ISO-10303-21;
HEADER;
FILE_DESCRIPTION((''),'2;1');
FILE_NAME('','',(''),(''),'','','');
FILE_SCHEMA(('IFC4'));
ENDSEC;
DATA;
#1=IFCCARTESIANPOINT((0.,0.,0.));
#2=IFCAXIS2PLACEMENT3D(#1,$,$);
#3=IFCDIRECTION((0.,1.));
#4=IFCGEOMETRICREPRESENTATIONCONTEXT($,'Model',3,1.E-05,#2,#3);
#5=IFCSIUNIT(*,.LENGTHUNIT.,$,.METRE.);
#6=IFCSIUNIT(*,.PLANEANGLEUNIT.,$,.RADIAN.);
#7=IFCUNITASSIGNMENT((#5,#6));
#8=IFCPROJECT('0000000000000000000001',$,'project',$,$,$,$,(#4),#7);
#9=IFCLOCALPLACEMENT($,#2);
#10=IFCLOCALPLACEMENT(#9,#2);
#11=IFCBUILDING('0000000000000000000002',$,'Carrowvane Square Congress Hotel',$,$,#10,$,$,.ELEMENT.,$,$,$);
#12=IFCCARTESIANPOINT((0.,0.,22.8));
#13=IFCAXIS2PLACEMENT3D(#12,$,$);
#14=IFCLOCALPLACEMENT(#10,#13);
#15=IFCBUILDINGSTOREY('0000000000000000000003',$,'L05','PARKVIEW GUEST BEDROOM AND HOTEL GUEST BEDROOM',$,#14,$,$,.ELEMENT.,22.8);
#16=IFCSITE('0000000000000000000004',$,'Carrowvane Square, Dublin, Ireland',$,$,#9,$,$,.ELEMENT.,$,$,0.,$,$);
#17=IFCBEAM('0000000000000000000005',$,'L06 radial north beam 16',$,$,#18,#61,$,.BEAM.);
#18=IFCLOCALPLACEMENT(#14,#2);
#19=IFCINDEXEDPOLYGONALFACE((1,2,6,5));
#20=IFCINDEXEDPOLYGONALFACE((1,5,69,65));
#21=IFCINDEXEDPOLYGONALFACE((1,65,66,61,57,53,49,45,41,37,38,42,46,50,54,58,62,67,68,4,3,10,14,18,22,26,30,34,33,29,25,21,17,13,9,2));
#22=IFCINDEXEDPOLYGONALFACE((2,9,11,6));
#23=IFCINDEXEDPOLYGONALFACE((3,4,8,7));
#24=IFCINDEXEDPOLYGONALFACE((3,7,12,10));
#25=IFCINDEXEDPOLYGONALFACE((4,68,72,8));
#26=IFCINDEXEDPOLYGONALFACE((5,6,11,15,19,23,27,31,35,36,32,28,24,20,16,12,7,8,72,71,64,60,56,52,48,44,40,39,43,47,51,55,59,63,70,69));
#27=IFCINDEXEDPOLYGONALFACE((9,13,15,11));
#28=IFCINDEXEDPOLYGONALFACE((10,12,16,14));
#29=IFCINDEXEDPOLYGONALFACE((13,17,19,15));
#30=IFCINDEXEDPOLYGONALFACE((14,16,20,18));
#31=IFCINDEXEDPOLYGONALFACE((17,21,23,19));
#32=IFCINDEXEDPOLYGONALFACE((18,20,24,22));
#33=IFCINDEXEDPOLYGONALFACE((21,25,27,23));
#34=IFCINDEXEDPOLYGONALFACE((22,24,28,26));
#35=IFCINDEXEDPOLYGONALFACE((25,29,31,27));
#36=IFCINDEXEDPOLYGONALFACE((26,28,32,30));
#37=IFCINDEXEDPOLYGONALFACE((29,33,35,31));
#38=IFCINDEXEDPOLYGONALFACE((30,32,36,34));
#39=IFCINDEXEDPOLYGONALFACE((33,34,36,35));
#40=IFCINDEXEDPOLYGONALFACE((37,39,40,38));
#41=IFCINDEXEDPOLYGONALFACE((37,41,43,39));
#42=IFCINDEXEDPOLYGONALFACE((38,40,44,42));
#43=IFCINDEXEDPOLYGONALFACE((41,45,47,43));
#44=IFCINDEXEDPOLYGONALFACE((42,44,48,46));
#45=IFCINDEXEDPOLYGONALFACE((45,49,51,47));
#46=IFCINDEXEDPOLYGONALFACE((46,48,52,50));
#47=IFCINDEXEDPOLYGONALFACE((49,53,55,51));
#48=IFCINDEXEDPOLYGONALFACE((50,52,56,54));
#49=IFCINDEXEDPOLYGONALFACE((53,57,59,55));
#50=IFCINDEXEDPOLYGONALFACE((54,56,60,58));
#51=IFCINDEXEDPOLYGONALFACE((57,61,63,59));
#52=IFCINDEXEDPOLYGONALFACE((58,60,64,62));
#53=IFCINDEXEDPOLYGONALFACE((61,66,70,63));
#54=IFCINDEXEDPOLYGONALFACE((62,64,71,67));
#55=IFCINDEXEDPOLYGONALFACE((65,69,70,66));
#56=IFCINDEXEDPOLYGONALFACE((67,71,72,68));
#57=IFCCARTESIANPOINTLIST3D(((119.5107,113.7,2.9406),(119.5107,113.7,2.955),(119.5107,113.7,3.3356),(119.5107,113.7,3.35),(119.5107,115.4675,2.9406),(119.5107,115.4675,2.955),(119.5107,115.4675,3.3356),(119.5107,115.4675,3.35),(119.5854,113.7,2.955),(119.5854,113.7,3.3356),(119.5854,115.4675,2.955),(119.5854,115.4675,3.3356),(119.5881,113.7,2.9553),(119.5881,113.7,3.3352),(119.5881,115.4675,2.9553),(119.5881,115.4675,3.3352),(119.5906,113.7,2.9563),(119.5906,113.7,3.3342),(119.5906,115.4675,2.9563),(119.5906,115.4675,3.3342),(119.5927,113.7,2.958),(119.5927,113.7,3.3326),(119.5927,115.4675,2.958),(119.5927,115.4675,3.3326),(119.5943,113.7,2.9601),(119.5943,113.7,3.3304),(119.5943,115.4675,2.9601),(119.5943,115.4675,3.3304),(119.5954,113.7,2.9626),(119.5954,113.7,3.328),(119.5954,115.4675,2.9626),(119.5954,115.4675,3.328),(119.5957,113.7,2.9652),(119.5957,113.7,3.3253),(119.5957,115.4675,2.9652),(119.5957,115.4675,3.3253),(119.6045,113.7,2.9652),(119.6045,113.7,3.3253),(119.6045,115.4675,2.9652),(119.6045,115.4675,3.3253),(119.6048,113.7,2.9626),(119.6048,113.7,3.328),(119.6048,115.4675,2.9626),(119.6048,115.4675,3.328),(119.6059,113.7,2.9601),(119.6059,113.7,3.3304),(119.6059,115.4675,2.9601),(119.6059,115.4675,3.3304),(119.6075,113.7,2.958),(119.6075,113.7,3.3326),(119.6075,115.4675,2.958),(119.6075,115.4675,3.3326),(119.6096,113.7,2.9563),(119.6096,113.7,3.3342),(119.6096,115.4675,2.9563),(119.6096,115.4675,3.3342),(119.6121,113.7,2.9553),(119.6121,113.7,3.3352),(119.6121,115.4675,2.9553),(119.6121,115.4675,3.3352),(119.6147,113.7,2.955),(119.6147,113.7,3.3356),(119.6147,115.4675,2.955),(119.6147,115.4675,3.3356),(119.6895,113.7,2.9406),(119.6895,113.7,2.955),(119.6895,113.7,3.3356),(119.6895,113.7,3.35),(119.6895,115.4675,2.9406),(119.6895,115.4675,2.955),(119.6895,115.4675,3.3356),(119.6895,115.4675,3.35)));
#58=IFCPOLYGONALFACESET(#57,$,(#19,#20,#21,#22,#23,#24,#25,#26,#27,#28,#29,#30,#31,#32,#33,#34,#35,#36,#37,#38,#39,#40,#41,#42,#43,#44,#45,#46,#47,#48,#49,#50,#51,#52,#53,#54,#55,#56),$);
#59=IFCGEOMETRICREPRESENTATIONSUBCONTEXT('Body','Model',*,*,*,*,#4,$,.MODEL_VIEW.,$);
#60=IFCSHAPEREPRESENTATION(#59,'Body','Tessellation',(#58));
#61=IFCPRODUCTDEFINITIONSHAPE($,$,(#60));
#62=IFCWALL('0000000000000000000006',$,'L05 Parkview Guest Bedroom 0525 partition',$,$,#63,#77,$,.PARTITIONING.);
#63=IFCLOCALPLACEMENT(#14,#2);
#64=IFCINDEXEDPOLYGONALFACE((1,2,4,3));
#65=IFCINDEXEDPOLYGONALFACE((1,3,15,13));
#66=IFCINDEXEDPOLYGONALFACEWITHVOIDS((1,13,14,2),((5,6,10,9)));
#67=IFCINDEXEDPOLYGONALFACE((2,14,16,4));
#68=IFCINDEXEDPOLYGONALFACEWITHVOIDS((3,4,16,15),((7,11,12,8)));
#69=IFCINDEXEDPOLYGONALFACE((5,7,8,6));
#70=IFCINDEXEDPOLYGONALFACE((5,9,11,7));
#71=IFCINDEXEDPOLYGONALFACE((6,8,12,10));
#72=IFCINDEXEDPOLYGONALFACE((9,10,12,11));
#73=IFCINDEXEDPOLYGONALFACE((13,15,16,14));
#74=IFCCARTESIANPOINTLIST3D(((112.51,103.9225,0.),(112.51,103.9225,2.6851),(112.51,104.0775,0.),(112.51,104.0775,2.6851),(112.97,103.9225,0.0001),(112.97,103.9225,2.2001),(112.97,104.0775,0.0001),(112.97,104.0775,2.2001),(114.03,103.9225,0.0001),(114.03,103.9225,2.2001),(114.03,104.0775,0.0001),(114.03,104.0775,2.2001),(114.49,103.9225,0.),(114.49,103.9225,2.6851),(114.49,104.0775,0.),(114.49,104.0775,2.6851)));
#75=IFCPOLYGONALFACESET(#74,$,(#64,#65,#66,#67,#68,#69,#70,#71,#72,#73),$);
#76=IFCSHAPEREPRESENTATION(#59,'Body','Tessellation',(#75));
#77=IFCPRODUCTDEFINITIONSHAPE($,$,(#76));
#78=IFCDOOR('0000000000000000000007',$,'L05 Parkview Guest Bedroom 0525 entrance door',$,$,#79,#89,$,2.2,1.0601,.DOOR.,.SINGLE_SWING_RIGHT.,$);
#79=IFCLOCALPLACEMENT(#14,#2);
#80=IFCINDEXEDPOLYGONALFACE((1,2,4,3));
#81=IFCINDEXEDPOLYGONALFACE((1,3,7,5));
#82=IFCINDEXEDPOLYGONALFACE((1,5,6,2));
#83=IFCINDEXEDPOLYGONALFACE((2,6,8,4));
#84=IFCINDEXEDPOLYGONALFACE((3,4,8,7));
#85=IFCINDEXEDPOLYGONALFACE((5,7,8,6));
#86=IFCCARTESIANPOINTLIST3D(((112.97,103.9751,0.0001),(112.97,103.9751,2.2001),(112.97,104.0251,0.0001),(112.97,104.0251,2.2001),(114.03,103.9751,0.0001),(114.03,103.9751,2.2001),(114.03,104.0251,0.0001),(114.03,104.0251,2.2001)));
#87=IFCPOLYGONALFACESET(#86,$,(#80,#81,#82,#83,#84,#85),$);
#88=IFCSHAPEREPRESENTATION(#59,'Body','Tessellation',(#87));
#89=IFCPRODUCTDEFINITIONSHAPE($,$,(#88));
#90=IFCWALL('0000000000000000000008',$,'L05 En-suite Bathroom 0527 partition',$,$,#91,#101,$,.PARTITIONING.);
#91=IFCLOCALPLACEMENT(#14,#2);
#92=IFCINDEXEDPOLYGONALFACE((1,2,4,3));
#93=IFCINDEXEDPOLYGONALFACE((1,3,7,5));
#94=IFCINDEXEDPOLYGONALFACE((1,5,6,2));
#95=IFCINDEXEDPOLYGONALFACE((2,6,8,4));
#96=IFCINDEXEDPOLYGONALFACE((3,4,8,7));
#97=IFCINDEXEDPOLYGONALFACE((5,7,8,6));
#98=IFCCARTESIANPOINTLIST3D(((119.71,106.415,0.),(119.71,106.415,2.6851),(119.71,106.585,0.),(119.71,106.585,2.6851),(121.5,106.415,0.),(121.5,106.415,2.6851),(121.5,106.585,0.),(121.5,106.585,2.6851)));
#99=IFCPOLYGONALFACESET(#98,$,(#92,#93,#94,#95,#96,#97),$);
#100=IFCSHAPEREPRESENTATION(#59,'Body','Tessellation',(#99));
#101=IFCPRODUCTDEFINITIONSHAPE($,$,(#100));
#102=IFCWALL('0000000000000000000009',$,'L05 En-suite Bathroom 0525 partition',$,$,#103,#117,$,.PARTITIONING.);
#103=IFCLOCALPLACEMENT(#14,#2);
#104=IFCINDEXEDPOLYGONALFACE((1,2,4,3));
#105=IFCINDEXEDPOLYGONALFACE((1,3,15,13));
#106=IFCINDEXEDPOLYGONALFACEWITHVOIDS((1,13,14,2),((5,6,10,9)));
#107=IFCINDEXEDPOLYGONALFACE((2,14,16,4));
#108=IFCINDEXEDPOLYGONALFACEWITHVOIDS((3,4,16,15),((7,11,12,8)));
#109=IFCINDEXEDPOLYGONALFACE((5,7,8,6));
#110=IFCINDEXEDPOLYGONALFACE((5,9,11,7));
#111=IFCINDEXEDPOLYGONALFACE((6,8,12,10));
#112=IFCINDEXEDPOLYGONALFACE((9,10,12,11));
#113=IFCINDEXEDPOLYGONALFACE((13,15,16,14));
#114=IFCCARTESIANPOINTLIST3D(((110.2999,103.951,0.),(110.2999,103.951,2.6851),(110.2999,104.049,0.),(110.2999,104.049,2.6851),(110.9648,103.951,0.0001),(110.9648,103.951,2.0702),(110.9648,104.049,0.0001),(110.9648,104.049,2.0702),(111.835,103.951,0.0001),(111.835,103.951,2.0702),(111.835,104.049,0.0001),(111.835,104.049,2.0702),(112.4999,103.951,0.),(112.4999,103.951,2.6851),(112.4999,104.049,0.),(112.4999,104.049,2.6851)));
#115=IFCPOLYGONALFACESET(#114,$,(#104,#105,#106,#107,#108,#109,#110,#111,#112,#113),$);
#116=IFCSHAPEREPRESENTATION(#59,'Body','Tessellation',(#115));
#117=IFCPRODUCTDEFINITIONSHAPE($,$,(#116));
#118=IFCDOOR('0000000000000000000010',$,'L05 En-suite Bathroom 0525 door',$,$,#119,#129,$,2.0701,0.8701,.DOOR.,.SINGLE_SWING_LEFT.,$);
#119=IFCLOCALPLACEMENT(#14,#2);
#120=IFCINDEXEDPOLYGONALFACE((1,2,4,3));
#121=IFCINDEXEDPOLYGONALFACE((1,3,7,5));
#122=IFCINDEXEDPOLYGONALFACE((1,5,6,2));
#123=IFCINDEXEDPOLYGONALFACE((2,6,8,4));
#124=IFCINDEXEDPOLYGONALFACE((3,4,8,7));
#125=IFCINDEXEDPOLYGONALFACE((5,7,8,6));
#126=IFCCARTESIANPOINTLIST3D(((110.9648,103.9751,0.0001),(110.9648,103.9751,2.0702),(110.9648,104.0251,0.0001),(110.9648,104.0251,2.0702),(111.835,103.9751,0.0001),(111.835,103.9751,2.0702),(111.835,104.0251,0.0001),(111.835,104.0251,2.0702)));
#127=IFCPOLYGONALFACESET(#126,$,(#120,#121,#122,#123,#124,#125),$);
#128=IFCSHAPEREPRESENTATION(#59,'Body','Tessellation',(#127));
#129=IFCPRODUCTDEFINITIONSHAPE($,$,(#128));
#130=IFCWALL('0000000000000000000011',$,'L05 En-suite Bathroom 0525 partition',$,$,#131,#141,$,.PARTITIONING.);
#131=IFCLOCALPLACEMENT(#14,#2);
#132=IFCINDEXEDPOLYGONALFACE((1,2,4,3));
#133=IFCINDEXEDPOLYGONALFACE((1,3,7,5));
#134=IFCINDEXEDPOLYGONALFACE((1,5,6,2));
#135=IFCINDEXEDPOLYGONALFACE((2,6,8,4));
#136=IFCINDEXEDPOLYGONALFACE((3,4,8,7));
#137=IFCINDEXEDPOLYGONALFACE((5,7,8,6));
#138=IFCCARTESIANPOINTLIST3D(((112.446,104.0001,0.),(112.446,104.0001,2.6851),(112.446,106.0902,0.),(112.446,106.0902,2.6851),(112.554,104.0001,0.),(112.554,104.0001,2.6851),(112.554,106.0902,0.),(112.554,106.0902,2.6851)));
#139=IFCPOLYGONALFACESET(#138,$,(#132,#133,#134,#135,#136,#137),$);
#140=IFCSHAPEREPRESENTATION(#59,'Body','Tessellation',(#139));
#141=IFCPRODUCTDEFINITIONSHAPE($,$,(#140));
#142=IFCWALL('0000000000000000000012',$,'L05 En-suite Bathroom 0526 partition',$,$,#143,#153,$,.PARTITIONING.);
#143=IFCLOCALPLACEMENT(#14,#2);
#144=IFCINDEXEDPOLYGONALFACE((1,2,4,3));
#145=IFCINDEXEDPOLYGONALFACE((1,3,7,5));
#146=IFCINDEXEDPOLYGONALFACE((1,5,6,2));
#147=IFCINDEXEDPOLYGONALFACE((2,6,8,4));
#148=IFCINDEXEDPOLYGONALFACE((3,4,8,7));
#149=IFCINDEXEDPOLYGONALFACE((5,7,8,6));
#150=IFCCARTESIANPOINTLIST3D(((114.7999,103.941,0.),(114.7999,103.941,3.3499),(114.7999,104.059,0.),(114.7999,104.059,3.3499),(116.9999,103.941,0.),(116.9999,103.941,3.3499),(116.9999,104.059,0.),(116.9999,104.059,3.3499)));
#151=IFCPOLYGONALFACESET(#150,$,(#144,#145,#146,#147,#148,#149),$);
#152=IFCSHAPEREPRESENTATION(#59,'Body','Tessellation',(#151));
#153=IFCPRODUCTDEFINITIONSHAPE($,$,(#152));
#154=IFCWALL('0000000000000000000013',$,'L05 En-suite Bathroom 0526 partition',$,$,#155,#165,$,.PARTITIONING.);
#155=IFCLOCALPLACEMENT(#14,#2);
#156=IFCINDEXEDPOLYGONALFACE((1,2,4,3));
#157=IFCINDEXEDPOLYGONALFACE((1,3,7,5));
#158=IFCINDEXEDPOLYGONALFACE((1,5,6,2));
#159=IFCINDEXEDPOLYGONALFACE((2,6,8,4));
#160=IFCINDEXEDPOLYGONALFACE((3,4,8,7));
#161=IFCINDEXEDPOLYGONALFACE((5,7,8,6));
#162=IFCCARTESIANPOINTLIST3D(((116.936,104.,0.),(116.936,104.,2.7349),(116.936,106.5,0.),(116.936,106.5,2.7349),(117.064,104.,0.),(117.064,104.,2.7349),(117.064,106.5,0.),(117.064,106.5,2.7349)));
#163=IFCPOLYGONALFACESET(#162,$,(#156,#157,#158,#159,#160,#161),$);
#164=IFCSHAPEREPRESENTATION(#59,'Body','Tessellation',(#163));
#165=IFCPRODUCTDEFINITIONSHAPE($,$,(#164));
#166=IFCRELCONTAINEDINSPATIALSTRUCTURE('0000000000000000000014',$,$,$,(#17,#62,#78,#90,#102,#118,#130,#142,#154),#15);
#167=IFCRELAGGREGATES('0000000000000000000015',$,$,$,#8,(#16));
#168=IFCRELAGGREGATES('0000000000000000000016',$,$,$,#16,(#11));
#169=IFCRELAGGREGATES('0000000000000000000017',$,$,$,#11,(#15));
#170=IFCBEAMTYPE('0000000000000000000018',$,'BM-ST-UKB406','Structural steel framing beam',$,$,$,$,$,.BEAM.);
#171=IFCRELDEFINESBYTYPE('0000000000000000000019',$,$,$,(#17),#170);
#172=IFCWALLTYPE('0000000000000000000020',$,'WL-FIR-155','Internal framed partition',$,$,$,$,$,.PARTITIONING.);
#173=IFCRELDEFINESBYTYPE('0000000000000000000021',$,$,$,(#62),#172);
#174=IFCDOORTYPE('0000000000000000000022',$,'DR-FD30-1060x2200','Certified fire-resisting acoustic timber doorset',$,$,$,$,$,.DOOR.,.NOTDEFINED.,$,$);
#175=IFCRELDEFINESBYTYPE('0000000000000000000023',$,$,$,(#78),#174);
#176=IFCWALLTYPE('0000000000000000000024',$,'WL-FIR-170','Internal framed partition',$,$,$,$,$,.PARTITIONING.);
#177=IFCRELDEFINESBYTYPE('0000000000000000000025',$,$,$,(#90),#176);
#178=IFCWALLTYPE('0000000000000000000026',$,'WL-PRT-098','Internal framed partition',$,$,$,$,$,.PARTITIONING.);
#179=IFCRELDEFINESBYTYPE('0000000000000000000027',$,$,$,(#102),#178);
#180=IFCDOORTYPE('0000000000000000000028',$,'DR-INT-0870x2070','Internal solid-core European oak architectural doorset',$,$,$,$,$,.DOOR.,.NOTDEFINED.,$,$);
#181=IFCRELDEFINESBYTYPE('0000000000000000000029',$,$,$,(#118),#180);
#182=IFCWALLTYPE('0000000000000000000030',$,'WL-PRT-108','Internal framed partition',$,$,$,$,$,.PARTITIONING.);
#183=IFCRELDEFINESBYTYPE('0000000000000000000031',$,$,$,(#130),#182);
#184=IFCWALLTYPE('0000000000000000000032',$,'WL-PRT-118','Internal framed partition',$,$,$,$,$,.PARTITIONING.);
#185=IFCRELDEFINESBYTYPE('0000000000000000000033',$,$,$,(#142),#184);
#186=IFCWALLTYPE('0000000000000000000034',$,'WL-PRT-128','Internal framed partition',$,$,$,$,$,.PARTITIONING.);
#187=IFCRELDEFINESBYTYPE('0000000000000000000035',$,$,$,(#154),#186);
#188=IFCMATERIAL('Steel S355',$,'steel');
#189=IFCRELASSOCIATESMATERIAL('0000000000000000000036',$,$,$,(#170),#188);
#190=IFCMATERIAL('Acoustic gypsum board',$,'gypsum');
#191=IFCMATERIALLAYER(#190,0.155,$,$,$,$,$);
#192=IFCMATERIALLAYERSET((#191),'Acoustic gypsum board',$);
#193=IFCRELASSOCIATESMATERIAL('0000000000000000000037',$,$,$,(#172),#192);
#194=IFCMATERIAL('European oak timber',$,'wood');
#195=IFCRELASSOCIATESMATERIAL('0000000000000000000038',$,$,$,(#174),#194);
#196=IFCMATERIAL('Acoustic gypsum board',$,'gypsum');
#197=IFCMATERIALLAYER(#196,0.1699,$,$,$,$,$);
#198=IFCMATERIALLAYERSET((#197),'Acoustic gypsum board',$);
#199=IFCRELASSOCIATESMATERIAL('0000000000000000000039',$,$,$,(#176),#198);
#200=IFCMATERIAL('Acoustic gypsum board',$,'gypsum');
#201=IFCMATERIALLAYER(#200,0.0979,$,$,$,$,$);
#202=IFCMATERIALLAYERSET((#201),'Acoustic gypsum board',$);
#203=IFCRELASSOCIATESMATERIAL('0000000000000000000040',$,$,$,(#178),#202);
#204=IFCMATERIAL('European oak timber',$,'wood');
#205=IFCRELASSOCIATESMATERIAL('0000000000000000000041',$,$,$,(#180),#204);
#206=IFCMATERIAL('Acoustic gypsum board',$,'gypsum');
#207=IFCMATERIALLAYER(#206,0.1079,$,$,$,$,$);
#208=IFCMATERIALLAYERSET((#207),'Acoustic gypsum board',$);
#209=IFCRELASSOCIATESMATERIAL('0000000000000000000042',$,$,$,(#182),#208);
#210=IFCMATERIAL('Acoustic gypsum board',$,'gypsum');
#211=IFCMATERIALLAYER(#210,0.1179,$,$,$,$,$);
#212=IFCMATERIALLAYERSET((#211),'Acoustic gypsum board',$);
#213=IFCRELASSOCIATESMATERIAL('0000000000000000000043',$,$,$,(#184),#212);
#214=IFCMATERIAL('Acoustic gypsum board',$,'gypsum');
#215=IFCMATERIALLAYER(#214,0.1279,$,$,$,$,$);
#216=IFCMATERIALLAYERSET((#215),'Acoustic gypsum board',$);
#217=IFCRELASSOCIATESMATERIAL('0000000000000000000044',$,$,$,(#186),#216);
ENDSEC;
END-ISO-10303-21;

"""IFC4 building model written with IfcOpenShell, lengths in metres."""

from ifc_helpers import new_model, si_unit, direction, frame, frame_2d, origin, origin_2d, place, context, subcontext, project, spatial, rectangle, i_section, extrude, material, layer, layer_set, material_profile, profile_set, type_object, element, fill, save


model = new_model("IFC4")

# Units and contexts
model_context = context("Model", 3, precision=1e-05, world=origin(), true_north=direction((0.0, 1.0)))
body_context = subcontext(model_context, "Body", "Model", "MODEL_VIEW")
ifc_project = project(units=[si_unit("LENGTHUNIT", "METRE"), si_unit("PLANEANGLEUNIT", "RADIAN")], contexts=[model_context])

# Site, building, storey
site_placement = place(None, origin())
site = spatial("IfcSite", under=ifc_project, at=site_placement, Name="Carrowvane Square, Dublin, Ireland", CompositionType="ELEMENT", RefElevation=0.0)
building_placement = place(site_placement, origin())
building = spatial("IfcBuilding", under=site, at=building_placement, Name="Carrowvane Square Congress Hotel", CompositionType="ELEMENT")
storey_placement = place(building_placement, frame((0.0, 0.0, 22.8)))
storey = spatial("IfcBuildingStorey", under=building, at=storey_placement, Name="L05", Description="PARKVIEW GUEST BEDROOM AND HOTEL GUEST BEDROOM", CompositionType="ELEMENT", Elevation=22.8)

# Beam
ifc_material_1 = material(Name="Steel S355", Category="steel")
ifc_material_profile_1 = material_profile(ifc_material_1, i_section(OverallWidth=0.1787, OverallDepth=0.4094, WebThickness=0.0088, FlangeThickness=0.0144, FilletRadius=0.0103, at=origin_2d()), Name="UKB 406x178x67")
ifc_profile_set_1 = profile_set([ifc_material_profile_1], Name="Steel S355")
beam_type_1 = type_object("IfcBeamType", Name="BM-ST-UKB406", Description="Structural steel framing beam", PredefinedType="BEAM", material=ifc_profile_set_1)
beam_1_placement = place(storey_placement, frame((119.6001, 113.7, 3.1453), z_axis=(0.0, 1.0, 0.0), x_axis=(-1.0, 0.0, 0.0)))
element("IfcBeam", 1, at=beam_1_placement, inside=storey, type_object=beam_type_1, Name="L06 radial north beam 16", PredefinedType="BEAM", context=body_context, shape_type="SweptSolid", body=[
    extrude(i_section(OverallWidth=0.1787, OverallDepth=0.4094, WebThickness=0.0088, FlangeThickness=0.0144, FilletRadius=0.0103, at=origin_2d()), origin(), (0.0, 0.0, 1.0), 1.7676),
])

# Wall, opening, door
ifc_material_2 = material(Name="Acoustic gypsum board", Category="gypsum")
ifc_layer_1 = layer(ifc_material_2, 0.155)
ifc_layer_set_1 = layer_set([ifc_layer_1], Name="Acoustic gypsum board")
wall_type_1 = type_object("IfcWallType", Name="WL-FIR-155", Description="Internal framed partition", PredefinedType="PARTITIONING", material=ifc_layer_set_1)
wall_1_placement = place(storey_placement, frame((114.49, 104.0, 0.0), z_axis=(0.0, 0.0, 1.0), x_axis=(-1.0, 0.0, 0.0)))
wall_1 = element("IfcWall", 2, at=wall_1_placement, inside=storey, type_object=wall_type_1, Name="L05 Parkview Guest Bedroom 0525 partition", PredefinedType="PARTITIONING", context=body_context, shape_type="SweptSolid", body=[
    extrude(rectangle(XDim=1.98, YDim=0.155, at=frame_2d((0.99, 0.0))), origin(), (0.0, 0.0, 1.0), 2.6851),
])
opening_1_placement = place(wall_1_placement, frame((0.46, 0.0, 0.0)))
opening_1 = element("IfcOpeningElement", 3, at=opening_1_placement, cuts=wall_1, PredefinedType="OPENING", context=body_context, shape_type="SweptSolid", body=[
    extrude(rectangle(XDim=1.0601, YDim=2.2, at=frame_2d((0.53, 1.1001))), frame((0.0, 0.0874, 0.0), z_axis=(0.0, -1.0, 0.0), x_axis=(1.0, 0.0, 0.0)), (0.0, 0.0, 1.0), 0.175),
])
ifc_material_3 = material(Name="European oak timber", Category="wood")
door_type_1 = type_object("IfcDoorType", Name="DR-FD30-1060x2200", Description="Certified fire-resisting acoustic timber doorset", OperationType="NOTDEFINED", PredefinedType="DOOR", material=ifc_material_3)
door_1_placement = place(opening_1_placement, origin())
door_1 = element("IfcDoor", 4, at=door_1_placement, inside=storey, type_object=door_type_1, Name="L05 Parkview Guest Bedroom 0525 entrance door", OperationType="SINGLE_SWING_RIGHT", OverallHeight=2.2, OverallWidth=1.0601, PredefinedType="DOOR", context=body_context, shape_type="SweptSolid", body=[
    extrude(rectangle(XDim=1.0601, YDim=2.2, at=frame_2d((0.53, 1.1001))), frame((0.0, 0.0249, 0.0), z_axis=(0.0, -1.0, 0.0), x_axis=(1.0, 0.0, 0.0)), (0.0, 0.0, 1.0), 0.05),
])
fill(opening_1, door_1)

# Wall
ifc_material_4 = material(Name="Acoustic gypsum board", Category="gypsum")
ifc_layer_2 = layer(ifc_material_4, 0.1699)
ifc_layer_set_2 = layer_set([ifc_layer_2], Name="Acoustic gypsum board")
wall_type_2 = type_object("IfcWallType", Name="WL-FIR-170", Description="Internal framed partition", PredefinedType="PARTITIONING", material=ifc_layer_set_2)
wall_2_placement = place(storey_placement, frame((119.71, 106.5, 0.0), z_axis=(0.0, 0.0, 1.0), x_axis=(1.0, 0.0, 0.0)))
element("IfcWall", 5, at=wall_2_placement, inside=storey, type_object=wall_type_2, Name="L05 En-suite Bathroom 0527 partition", PredefinedType="PARTITIONING", context=body_context, shape_type="SweptSolid", body=[
    extrude(rectangle(XDim=1.79, YDim=0.1699, at=frame_2d((0.895, 0.0))), origin(), (0.0, 0.0, 1.0), 2.6851),
])

# Wall, opening, door
ifc_material_5 = material(Name="Acoustic gypsum board", Category="gypsum")
ifc_layer_3 = layer(ifc_material_5, 0.0979)
ifc_layer_set_3 = layer_set([ifc_layer_3], Name="Acoustic gypsum board")
wall_type_3 = type_object("IfcWallType", Name="WL-PRT-098", Description="Internal framed partition", PredefinedType="PARTITIONING", material=ifc_layer_set_3)
wall_3_placement = place(storey_placement, frame((112.5, 104.0, 0.0), z_axis=(0.0, 0.0, 1.0), x_axis=(-1.0, 0.0, 0.0)))
wall_3 = element("IfcWall", 6, at=wall_3_placement, inside=storey, type_object=wall_type_3, Name="L05 En-suite Bathroom 0525 partition", PredefinedType="PARTITIONING", context=body_context, shape_type="SweptSolid", body=[
    extrude(rectangle(XDim=2.2, YDim=0.0979, at=frame_2d((1.1001, 0.0))), origin(), (0.0, 0.0, 1.0), 2.6851),
])
opening_2_placement = place(wall_3_placement, frame((0.665, 0.0, 0.0)))
opening_2 = element("IfcOpeningElement", 7, at=opening_2_placement, cuts=wall_3, PredefinedType="OPENING", context=body_context, shape_type="SweptSolid", body=[
    extrude(rectangle(XDim=0.8701, YDim=2.0701, at=frame_2d((0.4351, 1.0352))), frame((0.0, 0.0588, 0.0), z_axis=(0.0, -1.0, 0.0), x_axis=(1.0, 0.0, 0.0)), (0.0, 0.0, 1.0), 0.1179),
])
ifc_material_6 = material(Name="European oak timber", Category="wood")
door_type_2 = type_object("IfcDoorType", Name="DR-INT-0870x2070", Description="Internal solid-core European oak architectural doorset", OperationType="NOTDEFINED", PredefinedType="DOOR", material=ifc_material_6)
door_2_placement = place(opening_2_placement, origin())
door_2 = element("IfcDoor", 8, at=door_2_placement, inside=storey, type_object=door_type_2, Name="L05 En-suite Bathroom 0525 door", OperationType="SINGLE_SWING_LEFT", OverallHeight=2.0701, OverallWidth=0.8701, PredefinedType="DOOR", context=body_context, shape_type="SweptSolid", body=[
    extrude(rectangle(XDim=0.8701, YDim=2.0701, at=frame_2d((0.4351, 1.0352))), frame((0.0, 0.0249, 0.0), z_axis=(0.0, -1.0, 0.0), x_axis=(1.0, 0.0, 0.0)), (0.0, 0.0, 1.0), 0.05),
])
fill(opening_2, door_2)

# Walls
ifc_material_7 = material(Name="Acoustic gypsum board", Category="gypsum")
ifc_layer_4 = layer(ifc_material_7, 0.1079)
ifc_layer_set_4 = layer_set([ifc_layer_4], Name="Acoustic gypsum board")
wall_type_4 = type_object("IfcWallType", Name="WL-PRT-108", Description="Internal framed partition", PredefinedType="PARTITIONING", material=ifc_layer_set_4)
wall_4_placement = place(storey_placement, frame((112.5, 106.0901, 0.0), z_axis=(0.0, 0.0, 1.0), x_axis=(0.0, -1.0, 0.0)))
element("IfcWall", 9, at=wall_4_placement, inside=storey, type_object=wall_type_4, Name="L05 En-suite Bathroom 0525 partition", PredefinedType="PARTITIONING", context=body_context, shape_type="SweptSolid", body=[
    extrude(rectangle(XDim=2.0901, YDim=0.1079, at=frame_2d((1.0449, 0.0))), origin(), (0.0, 0.0, 1.0), 2.6851),
])
ifc_material_8 = material(Name="Acoustic gypsum board", Category="gypsum")
ifc_layer_5 = layer(ifc_material_8, 0.1179)
ifc_layer_set_5 = layer_set([ifc_layer_5], Name="Acoustic gypsum board")
wall_type_5 = type_object("IfcWallType", Name="WL-PRT-118", Description="Internal framed partition", PredefinedType="PARTITIONING", material=ifc_layer_set_5)
wall_5_placement = place(storey_placement, frame((117.0, 104.0, 0.0), z_axis=(0.0, 0.0, 1.0), x_axis=(-1.0, 0.0, 0.0)))
element("IfcWall", 10, at=wall_5_placement, inside=storey, type_object=wall_type_5, Name="L05 En-suite Bathroom 0526 partition", PredefinedType="PARTITIONING", context=body_context, shape_type="SweptSolid", body=[
    extrude(rectangle(XDim=2.2, YDim=0.1179, at=frame_2d((1.1001, 0.0))), origin(), (0.0, 0.0, 1.0), 3.3499),
])
ifc_material_9 = material(Name="Acoustic gypsum board", Category="gypsum")
ifc_layer_6 = layer(ifc_material_9, 0.1279)
ifc_layer_set_6 = layer_set([ifc_layer_6], Name="Acoustic gypsum board")
wall_type_6 = type_object("IfcWallType", Name="WL-PRT-128", Description="Internal framed partition", PredefinedType="PARTITIONING", material=ifc_layer_set_6)
wall_6_placement = place(storey_placement, frame((117.0, 106.5, 0.0), z_axis=(0.0, 0.0, 1.0), x_axis=(0.0, -1.0, 0.0)))
element("IfcWall", 11, at=wall_6_placement, inside=storey, type_object=wall_type_6, Name="L05 En-suite Bathroom 0526 partition", PredefinedType="PARTITIONING", context=body_context, shape_type="SweptSolid", body=[
    extrude(rectangle(XDim=2.5, YDim=0.1279, at=frame_2d((1.25, 0.0))), origin(), (0.0, 0.0, 1.0), 2.7349),
])

save(model, "model.ifc")
